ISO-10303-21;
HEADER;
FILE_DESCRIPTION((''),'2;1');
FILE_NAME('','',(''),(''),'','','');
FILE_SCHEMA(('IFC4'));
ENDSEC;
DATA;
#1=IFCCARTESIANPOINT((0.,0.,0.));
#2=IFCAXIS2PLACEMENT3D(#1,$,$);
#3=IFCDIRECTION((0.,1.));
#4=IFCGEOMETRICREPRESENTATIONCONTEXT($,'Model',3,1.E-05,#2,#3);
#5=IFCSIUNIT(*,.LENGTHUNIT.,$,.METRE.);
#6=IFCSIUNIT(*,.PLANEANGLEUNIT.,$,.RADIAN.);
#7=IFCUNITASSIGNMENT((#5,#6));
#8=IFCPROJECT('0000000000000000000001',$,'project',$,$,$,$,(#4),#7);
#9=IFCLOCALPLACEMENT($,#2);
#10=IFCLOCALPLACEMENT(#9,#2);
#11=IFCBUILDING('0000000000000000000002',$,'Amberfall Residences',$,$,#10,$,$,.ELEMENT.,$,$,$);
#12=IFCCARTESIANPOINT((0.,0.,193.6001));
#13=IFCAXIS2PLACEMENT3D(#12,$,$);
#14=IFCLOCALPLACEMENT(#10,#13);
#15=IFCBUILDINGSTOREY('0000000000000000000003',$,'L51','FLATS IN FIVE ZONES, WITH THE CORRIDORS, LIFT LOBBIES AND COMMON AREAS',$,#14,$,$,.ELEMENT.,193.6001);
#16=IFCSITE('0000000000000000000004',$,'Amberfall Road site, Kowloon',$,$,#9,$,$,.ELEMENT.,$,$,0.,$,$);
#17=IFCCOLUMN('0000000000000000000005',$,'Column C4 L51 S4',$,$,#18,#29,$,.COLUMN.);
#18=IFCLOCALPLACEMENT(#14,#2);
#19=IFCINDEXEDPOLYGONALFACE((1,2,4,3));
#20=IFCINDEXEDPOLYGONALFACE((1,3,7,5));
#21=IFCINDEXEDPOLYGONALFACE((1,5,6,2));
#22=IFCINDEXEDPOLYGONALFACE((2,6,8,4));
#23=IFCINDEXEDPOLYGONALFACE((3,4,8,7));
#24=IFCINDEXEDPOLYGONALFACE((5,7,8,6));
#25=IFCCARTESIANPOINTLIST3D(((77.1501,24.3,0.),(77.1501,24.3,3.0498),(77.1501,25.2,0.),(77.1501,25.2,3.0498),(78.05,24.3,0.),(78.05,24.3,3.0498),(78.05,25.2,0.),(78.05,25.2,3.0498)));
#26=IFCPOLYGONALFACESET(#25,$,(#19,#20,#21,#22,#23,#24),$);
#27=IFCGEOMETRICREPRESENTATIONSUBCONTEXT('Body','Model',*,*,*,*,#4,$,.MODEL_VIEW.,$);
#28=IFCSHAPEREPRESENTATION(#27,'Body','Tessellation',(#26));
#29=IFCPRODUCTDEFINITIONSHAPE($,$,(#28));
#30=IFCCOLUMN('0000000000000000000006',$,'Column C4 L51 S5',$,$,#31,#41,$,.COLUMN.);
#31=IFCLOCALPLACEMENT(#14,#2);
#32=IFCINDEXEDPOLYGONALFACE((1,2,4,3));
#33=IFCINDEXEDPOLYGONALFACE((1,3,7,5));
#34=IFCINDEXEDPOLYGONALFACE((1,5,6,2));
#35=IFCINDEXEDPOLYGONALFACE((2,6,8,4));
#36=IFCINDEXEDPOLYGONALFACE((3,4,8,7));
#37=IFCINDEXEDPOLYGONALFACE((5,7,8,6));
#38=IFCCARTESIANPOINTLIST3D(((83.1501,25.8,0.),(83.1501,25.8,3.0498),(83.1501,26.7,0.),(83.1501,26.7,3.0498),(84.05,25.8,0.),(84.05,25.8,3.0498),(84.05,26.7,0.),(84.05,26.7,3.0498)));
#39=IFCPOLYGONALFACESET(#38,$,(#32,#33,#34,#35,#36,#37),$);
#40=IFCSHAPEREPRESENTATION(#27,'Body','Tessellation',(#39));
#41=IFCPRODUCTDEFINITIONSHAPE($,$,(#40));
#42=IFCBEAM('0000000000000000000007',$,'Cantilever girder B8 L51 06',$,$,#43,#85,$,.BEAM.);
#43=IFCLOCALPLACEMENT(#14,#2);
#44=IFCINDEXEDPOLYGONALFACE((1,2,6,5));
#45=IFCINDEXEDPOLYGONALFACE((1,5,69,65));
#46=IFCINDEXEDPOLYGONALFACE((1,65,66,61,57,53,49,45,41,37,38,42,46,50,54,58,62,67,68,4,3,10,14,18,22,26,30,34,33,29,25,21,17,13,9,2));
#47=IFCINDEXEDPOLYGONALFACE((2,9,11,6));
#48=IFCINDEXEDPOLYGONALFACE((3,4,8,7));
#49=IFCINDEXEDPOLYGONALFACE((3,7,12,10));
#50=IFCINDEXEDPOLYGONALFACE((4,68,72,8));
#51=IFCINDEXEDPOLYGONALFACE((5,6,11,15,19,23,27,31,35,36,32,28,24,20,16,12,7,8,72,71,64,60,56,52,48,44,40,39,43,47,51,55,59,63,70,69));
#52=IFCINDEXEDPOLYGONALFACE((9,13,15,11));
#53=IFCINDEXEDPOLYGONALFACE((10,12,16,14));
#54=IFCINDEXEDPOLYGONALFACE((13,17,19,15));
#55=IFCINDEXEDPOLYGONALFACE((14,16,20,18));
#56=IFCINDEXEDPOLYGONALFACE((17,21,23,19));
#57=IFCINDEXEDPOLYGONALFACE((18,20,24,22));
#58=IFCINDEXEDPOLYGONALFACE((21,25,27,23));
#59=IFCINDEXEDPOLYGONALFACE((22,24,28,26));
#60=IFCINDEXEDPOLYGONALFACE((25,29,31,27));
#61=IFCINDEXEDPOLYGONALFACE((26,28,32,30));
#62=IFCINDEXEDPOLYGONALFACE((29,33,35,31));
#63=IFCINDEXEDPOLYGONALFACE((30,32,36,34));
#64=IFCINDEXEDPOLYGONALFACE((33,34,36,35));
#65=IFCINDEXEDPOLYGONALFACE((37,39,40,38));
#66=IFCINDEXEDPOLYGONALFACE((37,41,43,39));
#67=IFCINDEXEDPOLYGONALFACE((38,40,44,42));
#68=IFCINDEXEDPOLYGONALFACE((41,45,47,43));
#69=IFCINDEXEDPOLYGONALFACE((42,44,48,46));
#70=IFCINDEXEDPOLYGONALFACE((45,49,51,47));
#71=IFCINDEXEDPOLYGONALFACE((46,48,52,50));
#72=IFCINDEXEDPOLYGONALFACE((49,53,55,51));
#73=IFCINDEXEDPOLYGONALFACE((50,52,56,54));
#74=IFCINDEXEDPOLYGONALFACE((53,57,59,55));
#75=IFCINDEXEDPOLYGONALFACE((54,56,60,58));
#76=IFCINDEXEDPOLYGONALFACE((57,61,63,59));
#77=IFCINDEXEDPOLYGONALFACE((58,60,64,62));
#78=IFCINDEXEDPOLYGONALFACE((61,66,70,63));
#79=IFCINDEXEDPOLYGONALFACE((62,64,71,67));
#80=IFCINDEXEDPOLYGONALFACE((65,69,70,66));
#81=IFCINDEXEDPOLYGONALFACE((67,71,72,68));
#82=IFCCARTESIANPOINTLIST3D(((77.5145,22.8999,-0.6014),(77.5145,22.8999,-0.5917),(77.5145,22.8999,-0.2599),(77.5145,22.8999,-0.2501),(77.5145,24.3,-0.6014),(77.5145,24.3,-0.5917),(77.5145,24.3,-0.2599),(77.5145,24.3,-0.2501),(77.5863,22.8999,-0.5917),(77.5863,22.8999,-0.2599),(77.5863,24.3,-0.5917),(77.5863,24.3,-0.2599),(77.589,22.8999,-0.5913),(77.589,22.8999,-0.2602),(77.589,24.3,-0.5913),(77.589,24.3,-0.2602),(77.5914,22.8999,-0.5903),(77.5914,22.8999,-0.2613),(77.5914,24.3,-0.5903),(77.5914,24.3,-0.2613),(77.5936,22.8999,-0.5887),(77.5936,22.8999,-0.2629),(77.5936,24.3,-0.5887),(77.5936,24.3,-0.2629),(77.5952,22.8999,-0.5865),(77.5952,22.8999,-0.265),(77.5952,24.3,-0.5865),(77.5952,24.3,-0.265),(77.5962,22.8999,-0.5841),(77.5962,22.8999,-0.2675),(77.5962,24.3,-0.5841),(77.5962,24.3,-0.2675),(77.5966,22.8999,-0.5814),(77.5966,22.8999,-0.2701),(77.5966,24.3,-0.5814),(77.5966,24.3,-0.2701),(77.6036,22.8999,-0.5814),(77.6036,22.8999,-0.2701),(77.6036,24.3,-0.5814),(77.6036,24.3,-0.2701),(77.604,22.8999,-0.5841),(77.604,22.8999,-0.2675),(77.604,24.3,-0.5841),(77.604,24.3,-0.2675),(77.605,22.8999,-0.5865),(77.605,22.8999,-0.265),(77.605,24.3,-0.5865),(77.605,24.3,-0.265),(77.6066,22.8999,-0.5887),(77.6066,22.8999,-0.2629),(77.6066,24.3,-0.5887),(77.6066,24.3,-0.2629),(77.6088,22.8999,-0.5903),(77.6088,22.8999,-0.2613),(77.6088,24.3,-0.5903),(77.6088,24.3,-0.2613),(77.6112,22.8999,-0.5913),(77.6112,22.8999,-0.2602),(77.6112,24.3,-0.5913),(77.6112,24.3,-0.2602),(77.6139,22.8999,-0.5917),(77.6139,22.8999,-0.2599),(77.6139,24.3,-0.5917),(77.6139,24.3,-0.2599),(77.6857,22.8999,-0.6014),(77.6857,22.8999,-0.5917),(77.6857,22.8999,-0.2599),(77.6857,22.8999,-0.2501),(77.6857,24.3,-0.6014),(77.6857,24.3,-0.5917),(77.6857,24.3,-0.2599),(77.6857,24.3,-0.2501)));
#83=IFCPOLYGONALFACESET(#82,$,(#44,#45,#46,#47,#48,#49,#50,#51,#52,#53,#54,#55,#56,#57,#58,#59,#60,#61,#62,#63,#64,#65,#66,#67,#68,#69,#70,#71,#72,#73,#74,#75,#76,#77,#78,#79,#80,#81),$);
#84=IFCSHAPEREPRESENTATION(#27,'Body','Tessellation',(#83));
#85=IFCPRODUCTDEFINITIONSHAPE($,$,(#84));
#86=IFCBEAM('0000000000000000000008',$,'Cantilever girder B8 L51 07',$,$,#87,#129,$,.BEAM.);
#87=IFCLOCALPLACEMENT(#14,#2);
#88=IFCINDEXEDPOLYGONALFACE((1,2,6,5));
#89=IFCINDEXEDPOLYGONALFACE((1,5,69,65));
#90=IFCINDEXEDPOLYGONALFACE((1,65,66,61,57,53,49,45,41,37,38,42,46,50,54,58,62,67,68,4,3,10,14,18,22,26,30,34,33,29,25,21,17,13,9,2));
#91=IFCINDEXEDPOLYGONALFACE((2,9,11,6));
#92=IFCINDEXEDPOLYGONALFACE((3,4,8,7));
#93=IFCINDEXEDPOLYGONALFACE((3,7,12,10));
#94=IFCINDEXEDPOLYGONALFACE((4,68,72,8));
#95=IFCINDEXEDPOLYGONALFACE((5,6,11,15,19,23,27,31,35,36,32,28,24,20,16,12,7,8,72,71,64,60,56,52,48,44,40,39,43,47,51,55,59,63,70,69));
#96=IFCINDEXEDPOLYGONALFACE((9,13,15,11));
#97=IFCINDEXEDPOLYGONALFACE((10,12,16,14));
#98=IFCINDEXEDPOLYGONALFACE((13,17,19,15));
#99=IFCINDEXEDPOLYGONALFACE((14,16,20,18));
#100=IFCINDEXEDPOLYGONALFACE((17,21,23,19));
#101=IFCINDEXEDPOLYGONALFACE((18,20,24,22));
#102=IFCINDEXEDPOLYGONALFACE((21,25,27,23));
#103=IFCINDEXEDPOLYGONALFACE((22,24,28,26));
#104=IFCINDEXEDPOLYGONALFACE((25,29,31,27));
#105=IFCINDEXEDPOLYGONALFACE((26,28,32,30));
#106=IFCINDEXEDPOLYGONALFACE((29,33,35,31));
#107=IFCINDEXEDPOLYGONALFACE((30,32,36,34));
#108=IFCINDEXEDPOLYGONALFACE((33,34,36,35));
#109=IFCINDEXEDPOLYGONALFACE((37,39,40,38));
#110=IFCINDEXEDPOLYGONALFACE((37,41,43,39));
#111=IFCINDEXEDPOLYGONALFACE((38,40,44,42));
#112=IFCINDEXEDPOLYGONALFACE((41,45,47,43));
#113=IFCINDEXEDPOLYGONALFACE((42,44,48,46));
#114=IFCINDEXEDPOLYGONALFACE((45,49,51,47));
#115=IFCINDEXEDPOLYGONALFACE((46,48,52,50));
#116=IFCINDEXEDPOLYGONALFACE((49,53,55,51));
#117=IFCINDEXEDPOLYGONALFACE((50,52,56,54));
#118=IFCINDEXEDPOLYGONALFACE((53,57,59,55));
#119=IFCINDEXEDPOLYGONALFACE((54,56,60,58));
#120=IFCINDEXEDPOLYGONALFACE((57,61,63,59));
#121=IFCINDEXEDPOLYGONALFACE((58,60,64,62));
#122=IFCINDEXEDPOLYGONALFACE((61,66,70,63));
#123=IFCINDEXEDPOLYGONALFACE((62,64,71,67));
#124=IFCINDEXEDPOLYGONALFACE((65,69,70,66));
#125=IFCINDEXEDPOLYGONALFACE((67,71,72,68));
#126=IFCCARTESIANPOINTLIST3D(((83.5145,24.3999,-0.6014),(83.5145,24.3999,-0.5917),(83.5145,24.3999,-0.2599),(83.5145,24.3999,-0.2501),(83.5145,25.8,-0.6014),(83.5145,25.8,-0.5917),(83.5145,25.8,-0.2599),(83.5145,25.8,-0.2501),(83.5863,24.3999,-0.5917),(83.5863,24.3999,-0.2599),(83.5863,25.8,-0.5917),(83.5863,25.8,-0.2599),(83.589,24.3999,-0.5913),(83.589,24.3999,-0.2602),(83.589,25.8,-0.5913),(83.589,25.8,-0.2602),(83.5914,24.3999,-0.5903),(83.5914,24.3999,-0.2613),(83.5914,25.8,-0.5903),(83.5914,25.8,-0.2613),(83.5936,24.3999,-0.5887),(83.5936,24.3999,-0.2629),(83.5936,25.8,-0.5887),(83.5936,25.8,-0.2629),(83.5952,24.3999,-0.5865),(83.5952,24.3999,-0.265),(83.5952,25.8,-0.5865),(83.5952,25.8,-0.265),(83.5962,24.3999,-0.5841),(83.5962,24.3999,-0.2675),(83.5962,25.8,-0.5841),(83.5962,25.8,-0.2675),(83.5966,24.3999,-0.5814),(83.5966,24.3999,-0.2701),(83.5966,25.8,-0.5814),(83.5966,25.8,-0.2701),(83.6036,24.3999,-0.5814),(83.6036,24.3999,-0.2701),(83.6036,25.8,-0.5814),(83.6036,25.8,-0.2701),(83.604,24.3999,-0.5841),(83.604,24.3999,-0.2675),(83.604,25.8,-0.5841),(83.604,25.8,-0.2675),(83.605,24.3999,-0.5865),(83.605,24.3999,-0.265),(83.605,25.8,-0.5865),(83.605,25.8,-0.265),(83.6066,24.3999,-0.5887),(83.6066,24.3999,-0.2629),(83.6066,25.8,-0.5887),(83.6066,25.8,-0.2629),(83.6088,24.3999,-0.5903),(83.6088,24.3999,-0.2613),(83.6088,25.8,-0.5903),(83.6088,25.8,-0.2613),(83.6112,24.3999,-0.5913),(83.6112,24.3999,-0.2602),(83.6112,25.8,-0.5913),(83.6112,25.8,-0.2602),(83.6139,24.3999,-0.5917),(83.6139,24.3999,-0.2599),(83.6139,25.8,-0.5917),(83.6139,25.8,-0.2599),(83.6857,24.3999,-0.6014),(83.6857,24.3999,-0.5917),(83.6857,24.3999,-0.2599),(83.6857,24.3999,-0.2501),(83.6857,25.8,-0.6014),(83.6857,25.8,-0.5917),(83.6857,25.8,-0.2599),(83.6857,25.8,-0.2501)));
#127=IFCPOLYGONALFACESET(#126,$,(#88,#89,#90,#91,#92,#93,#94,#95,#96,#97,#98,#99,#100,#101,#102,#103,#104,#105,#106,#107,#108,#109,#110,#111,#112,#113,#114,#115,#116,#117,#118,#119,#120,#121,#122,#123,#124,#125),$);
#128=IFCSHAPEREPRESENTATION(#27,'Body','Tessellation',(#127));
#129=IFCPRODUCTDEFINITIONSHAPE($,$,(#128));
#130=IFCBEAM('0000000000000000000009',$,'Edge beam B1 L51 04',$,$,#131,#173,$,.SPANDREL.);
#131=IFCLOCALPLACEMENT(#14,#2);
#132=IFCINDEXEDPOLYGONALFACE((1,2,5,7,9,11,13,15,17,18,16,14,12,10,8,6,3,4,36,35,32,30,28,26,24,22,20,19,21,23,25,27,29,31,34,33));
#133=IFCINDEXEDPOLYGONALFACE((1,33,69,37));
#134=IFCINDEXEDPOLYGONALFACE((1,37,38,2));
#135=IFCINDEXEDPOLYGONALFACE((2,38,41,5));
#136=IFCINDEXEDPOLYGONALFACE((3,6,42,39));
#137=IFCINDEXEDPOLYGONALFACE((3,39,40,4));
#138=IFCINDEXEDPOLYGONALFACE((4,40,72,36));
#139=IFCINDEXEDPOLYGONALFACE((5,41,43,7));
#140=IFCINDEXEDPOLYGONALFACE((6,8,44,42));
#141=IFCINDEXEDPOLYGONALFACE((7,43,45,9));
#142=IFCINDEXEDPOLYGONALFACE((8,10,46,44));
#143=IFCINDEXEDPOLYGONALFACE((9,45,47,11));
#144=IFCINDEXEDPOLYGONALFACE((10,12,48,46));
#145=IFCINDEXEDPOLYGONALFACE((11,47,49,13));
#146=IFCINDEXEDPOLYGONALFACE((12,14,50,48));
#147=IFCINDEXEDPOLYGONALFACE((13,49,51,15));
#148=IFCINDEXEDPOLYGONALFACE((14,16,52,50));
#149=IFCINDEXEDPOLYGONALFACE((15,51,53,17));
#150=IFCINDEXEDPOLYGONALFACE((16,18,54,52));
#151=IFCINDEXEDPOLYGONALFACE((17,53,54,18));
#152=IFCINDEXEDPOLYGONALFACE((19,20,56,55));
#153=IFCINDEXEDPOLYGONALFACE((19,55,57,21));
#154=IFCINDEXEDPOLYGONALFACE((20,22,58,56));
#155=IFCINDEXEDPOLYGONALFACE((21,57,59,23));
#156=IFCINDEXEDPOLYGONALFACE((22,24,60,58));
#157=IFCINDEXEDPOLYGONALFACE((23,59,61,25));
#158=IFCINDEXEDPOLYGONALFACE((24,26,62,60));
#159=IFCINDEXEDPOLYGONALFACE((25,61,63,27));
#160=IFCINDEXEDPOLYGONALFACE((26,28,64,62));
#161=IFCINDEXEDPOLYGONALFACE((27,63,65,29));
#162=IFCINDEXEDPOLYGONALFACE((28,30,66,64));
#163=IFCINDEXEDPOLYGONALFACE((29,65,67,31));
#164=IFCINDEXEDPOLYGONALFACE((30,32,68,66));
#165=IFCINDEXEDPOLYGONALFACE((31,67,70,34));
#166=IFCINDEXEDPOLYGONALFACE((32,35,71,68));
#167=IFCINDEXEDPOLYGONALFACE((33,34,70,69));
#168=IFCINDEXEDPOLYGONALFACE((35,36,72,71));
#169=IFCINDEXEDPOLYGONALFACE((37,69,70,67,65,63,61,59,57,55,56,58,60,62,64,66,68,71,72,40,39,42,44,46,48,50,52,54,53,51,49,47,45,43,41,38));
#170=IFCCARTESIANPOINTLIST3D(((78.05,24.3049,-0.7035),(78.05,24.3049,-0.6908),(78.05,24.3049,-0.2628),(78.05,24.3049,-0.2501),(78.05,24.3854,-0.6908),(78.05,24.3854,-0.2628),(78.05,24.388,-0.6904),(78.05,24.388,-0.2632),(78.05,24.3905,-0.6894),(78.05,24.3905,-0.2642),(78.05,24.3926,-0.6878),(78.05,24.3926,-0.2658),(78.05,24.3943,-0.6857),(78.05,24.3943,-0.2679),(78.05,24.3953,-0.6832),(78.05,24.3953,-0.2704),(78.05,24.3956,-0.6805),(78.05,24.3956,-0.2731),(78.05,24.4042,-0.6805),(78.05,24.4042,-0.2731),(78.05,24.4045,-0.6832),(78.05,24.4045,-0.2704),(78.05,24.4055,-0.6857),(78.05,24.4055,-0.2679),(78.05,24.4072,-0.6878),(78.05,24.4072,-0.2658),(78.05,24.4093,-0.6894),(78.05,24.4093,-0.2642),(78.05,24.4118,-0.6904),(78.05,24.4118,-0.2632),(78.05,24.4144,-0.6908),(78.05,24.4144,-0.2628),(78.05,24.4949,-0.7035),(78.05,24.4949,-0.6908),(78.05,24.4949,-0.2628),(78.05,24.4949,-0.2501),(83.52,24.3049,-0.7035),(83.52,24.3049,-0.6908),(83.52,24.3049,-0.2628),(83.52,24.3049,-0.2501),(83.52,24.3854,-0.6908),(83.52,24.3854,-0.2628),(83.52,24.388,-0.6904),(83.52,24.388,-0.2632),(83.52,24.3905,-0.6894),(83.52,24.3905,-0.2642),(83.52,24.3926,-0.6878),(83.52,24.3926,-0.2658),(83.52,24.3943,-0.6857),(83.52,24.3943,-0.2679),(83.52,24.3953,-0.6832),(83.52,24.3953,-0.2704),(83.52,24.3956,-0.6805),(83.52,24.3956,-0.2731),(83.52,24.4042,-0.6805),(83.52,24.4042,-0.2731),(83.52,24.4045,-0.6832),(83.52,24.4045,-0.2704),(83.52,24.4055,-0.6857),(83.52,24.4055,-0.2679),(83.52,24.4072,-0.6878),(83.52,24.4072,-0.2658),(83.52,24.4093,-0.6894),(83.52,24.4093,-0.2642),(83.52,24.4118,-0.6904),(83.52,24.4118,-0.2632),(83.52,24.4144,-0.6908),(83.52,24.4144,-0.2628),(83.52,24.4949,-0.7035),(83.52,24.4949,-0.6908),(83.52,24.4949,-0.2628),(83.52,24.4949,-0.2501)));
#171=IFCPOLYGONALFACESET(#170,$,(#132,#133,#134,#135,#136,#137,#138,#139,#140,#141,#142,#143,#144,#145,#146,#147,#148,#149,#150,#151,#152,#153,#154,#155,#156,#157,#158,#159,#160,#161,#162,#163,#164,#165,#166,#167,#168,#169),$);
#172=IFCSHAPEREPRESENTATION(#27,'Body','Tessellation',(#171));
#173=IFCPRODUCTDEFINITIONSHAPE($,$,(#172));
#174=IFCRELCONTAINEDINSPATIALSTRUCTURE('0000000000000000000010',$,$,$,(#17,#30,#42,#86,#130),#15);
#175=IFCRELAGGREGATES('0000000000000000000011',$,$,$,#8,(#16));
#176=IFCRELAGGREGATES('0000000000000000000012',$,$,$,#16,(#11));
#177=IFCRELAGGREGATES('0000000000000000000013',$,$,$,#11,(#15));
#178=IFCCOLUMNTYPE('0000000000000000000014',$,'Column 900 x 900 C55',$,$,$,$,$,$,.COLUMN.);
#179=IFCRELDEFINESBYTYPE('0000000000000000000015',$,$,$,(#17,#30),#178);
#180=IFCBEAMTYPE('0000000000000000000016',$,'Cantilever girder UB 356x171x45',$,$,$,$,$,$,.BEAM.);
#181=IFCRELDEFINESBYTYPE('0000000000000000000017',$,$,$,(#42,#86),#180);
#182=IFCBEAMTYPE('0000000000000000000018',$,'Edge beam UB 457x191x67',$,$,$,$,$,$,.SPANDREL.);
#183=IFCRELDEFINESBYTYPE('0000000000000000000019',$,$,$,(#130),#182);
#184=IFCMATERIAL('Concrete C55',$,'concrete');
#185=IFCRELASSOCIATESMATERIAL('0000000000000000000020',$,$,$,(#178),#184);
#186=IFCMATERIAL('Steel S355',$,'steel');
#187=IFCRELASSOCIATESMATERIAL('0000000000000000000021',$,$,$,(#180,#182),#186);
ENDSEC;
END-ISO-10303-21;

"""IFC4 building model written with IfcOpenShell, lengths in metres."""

from ifc_helpers import new_model, si_unit, direction, frame, origin, origin_2d, place, context, subcontext, project, spatial, rectangle, i_section, extrude, material, material_profile, profile_set, type_object, element, save


model = new_model("IFC4")

# Units and contexts
model_context = context("Model", 3, precision=1e-05, world=origin(), true_north=direction((0.0, 1.0)))
body_context = subcontext(model_context, "Body", "Model", "MODEL_VIEW")
ifc_project = project(units=[si_unit("LENGTHUNIT", "METRE"), si_unit("PLANEANGLEUNIT", "RADIAN")], contexts=[model_context])

# Site, building, storey
site_placement = place(None, origin())
site = spatial("IfcSite", under=ifc_project, at=site_placement, Name="Amberfall Road site, Kowloon", CompositionType="ELEMENT", RefElevation=0.0)
building_placement = place(site_placement, origin())
building = spatial("IfcBuilding", under=site, at=building_placement, Name="Amberfall Residences", CompositionType="ELEMENT")
storey_placement = place(building_placement, frame((0.0, 0.0, 193.6001)))
storey = spatial("IfcBuildingStorey", under=building, at=storey_placement, Name="L51", Description="FLATS IN FIVE ZONES, WITH THE CORRIDORS, LIFT LOBBIES AND COMMON AREAS", CompositionType="ELEMENT", Elevation=193.6001)

# Columns
ifc_material_1 = material(Name="Concrete C55", Category="concrete")
ifc_material_profile_1 = material_profile(ifc_material_1, rectangle(XDim=0.8999, YDim=0.8999, at=origin_2d()), Name="Column 900 x 900 C55")
ifc_profile_set_1 = profile_set([ifc_material_profile_1], Name="Concrete C55")
column_type = type_object("IfcColumnType", Name="Column 900 x 900 C55", PredefinedType="COLUMN", material=ifc_profile_set_1)
for number, where, z_axis, x_axis, name in (
    (1, (77.6001, 24.75, 0.0), (0.0, 0.0, 1.0), (1.0, 0.0, 0.0), "Column C4 L51 S4"),
    (2, (83.6001, 26.25, 0.0), (0.0, 0.0, 1.0), (1.0, 0.0, 0.0), "Column C4 L51 S5"),
):
    element("IfcColumn", number, at=place(storey_placement, frame(where, z_axis=z_axis, x_axis=x_axis)), inside=storey, type_object=column_type, Name=name, PredefinedType="COLUMN", context=body_context, shape_type="SweptSolid", body=[
        extrude(rectangle(XDim=0.8999, YDim=0.8999, at=origin_2d()), origin(), (0.0, 0.0, 1.0), 3.0498),
    ])

# Beams
ifc_material_2 = material(Name="Steel S355", Category="steel")
ifc_material_profile_2 = material_profile(ifc_material_2, i_section(OverallWidth=0.1711, OverallDepth=0.3513, WebThickness=0.0071, FlangeThickness=0.0098, FilletRadius=0.0103, at=origin_2d()), Name="UB 356x171x45")
ifc_profile_set_2 = profile_set([ifc_material_profile_2], Name="Steel S355")
beam_type_1 = type_object("IfcBeamType", Name="Cantilever girder UB 356x171x45", PredefinedType="BEAM", material=ifc_profile_set_2)
for number, where, z_axis, x_axis, name in (
    (3, (77.6001, 24.3, -0.4258), (0.0, -1.0, 0.0), (1.0, 0.0, 0.0), "Cantilever girder B8 L51 06"),
    (4, (83.6001, 25.8, -0.4258), (0.0, -1.0, 0.0), (1.0, 0.0, 0.0), "Cantilever girder B8 L51 07"),
):
    element("IfcBeam", number, at=place(storey_placement, frame(where, z_axis=z_axis, x_axis=x_axis)), inside=storey, type_object=beam_type_1, Name=name, PredefinedType="BEAM", context=body_context, shape_type="SweptSolid", body=[
        extrude(i_section(OverallWidth=0.1711, OverallDepth=0.3513, WebThickness=0.0071, FlangeThickness=0.0098, FilletRadius=0.0103, at=origin_2d()), origin(), (0.0, 0.0, 1.0), 1.4001),
    ])
ifc_material_profile_3 = material_profile(ifc_material_2, i_section(OverallWidth=0.1899, OverallDepth=0.4534, WebThickness=0.0085, FlangeThickness=0.0127, FilletRadius=0.0103, at=origin_2d()), Name="UB 457x191x67")
ifc_profile_set_3 = profile_set([ifc_material_profile_3], Name="Steel S355")
beam_type_2 = type_object("IfcBeamType", Name="Edge beam UB 457x191x67", PredefinedType="SPANDREL", material=ifc_profile_set_3)
beam_1_placement = place(storey_placement, frame((78.05, 24.3999, -0.4768), z_axis=(1.0, 0.0, 0.0), x_axis=(0.0, 1.0, 0.0)))
element("IfcBeam", 5, at=beam_1_placement, inside=storey, type_object=beam_type_2, Name="Edge beam B1 L51 04", PredefinedType="SPANDREL", context=body_context, shape_type="SweptSolid", body=[
    extrude(i_section(OverallWidth=0.1899, OverallDepth=0.4534, WebThickness=0.0085, FlangeThickness=0.0127, FilletRadius=0.0103, at=origin_2d()), origin(), (0.0, 0.0, 1.0), 5.47),
])

save(model, "model.ifc")
